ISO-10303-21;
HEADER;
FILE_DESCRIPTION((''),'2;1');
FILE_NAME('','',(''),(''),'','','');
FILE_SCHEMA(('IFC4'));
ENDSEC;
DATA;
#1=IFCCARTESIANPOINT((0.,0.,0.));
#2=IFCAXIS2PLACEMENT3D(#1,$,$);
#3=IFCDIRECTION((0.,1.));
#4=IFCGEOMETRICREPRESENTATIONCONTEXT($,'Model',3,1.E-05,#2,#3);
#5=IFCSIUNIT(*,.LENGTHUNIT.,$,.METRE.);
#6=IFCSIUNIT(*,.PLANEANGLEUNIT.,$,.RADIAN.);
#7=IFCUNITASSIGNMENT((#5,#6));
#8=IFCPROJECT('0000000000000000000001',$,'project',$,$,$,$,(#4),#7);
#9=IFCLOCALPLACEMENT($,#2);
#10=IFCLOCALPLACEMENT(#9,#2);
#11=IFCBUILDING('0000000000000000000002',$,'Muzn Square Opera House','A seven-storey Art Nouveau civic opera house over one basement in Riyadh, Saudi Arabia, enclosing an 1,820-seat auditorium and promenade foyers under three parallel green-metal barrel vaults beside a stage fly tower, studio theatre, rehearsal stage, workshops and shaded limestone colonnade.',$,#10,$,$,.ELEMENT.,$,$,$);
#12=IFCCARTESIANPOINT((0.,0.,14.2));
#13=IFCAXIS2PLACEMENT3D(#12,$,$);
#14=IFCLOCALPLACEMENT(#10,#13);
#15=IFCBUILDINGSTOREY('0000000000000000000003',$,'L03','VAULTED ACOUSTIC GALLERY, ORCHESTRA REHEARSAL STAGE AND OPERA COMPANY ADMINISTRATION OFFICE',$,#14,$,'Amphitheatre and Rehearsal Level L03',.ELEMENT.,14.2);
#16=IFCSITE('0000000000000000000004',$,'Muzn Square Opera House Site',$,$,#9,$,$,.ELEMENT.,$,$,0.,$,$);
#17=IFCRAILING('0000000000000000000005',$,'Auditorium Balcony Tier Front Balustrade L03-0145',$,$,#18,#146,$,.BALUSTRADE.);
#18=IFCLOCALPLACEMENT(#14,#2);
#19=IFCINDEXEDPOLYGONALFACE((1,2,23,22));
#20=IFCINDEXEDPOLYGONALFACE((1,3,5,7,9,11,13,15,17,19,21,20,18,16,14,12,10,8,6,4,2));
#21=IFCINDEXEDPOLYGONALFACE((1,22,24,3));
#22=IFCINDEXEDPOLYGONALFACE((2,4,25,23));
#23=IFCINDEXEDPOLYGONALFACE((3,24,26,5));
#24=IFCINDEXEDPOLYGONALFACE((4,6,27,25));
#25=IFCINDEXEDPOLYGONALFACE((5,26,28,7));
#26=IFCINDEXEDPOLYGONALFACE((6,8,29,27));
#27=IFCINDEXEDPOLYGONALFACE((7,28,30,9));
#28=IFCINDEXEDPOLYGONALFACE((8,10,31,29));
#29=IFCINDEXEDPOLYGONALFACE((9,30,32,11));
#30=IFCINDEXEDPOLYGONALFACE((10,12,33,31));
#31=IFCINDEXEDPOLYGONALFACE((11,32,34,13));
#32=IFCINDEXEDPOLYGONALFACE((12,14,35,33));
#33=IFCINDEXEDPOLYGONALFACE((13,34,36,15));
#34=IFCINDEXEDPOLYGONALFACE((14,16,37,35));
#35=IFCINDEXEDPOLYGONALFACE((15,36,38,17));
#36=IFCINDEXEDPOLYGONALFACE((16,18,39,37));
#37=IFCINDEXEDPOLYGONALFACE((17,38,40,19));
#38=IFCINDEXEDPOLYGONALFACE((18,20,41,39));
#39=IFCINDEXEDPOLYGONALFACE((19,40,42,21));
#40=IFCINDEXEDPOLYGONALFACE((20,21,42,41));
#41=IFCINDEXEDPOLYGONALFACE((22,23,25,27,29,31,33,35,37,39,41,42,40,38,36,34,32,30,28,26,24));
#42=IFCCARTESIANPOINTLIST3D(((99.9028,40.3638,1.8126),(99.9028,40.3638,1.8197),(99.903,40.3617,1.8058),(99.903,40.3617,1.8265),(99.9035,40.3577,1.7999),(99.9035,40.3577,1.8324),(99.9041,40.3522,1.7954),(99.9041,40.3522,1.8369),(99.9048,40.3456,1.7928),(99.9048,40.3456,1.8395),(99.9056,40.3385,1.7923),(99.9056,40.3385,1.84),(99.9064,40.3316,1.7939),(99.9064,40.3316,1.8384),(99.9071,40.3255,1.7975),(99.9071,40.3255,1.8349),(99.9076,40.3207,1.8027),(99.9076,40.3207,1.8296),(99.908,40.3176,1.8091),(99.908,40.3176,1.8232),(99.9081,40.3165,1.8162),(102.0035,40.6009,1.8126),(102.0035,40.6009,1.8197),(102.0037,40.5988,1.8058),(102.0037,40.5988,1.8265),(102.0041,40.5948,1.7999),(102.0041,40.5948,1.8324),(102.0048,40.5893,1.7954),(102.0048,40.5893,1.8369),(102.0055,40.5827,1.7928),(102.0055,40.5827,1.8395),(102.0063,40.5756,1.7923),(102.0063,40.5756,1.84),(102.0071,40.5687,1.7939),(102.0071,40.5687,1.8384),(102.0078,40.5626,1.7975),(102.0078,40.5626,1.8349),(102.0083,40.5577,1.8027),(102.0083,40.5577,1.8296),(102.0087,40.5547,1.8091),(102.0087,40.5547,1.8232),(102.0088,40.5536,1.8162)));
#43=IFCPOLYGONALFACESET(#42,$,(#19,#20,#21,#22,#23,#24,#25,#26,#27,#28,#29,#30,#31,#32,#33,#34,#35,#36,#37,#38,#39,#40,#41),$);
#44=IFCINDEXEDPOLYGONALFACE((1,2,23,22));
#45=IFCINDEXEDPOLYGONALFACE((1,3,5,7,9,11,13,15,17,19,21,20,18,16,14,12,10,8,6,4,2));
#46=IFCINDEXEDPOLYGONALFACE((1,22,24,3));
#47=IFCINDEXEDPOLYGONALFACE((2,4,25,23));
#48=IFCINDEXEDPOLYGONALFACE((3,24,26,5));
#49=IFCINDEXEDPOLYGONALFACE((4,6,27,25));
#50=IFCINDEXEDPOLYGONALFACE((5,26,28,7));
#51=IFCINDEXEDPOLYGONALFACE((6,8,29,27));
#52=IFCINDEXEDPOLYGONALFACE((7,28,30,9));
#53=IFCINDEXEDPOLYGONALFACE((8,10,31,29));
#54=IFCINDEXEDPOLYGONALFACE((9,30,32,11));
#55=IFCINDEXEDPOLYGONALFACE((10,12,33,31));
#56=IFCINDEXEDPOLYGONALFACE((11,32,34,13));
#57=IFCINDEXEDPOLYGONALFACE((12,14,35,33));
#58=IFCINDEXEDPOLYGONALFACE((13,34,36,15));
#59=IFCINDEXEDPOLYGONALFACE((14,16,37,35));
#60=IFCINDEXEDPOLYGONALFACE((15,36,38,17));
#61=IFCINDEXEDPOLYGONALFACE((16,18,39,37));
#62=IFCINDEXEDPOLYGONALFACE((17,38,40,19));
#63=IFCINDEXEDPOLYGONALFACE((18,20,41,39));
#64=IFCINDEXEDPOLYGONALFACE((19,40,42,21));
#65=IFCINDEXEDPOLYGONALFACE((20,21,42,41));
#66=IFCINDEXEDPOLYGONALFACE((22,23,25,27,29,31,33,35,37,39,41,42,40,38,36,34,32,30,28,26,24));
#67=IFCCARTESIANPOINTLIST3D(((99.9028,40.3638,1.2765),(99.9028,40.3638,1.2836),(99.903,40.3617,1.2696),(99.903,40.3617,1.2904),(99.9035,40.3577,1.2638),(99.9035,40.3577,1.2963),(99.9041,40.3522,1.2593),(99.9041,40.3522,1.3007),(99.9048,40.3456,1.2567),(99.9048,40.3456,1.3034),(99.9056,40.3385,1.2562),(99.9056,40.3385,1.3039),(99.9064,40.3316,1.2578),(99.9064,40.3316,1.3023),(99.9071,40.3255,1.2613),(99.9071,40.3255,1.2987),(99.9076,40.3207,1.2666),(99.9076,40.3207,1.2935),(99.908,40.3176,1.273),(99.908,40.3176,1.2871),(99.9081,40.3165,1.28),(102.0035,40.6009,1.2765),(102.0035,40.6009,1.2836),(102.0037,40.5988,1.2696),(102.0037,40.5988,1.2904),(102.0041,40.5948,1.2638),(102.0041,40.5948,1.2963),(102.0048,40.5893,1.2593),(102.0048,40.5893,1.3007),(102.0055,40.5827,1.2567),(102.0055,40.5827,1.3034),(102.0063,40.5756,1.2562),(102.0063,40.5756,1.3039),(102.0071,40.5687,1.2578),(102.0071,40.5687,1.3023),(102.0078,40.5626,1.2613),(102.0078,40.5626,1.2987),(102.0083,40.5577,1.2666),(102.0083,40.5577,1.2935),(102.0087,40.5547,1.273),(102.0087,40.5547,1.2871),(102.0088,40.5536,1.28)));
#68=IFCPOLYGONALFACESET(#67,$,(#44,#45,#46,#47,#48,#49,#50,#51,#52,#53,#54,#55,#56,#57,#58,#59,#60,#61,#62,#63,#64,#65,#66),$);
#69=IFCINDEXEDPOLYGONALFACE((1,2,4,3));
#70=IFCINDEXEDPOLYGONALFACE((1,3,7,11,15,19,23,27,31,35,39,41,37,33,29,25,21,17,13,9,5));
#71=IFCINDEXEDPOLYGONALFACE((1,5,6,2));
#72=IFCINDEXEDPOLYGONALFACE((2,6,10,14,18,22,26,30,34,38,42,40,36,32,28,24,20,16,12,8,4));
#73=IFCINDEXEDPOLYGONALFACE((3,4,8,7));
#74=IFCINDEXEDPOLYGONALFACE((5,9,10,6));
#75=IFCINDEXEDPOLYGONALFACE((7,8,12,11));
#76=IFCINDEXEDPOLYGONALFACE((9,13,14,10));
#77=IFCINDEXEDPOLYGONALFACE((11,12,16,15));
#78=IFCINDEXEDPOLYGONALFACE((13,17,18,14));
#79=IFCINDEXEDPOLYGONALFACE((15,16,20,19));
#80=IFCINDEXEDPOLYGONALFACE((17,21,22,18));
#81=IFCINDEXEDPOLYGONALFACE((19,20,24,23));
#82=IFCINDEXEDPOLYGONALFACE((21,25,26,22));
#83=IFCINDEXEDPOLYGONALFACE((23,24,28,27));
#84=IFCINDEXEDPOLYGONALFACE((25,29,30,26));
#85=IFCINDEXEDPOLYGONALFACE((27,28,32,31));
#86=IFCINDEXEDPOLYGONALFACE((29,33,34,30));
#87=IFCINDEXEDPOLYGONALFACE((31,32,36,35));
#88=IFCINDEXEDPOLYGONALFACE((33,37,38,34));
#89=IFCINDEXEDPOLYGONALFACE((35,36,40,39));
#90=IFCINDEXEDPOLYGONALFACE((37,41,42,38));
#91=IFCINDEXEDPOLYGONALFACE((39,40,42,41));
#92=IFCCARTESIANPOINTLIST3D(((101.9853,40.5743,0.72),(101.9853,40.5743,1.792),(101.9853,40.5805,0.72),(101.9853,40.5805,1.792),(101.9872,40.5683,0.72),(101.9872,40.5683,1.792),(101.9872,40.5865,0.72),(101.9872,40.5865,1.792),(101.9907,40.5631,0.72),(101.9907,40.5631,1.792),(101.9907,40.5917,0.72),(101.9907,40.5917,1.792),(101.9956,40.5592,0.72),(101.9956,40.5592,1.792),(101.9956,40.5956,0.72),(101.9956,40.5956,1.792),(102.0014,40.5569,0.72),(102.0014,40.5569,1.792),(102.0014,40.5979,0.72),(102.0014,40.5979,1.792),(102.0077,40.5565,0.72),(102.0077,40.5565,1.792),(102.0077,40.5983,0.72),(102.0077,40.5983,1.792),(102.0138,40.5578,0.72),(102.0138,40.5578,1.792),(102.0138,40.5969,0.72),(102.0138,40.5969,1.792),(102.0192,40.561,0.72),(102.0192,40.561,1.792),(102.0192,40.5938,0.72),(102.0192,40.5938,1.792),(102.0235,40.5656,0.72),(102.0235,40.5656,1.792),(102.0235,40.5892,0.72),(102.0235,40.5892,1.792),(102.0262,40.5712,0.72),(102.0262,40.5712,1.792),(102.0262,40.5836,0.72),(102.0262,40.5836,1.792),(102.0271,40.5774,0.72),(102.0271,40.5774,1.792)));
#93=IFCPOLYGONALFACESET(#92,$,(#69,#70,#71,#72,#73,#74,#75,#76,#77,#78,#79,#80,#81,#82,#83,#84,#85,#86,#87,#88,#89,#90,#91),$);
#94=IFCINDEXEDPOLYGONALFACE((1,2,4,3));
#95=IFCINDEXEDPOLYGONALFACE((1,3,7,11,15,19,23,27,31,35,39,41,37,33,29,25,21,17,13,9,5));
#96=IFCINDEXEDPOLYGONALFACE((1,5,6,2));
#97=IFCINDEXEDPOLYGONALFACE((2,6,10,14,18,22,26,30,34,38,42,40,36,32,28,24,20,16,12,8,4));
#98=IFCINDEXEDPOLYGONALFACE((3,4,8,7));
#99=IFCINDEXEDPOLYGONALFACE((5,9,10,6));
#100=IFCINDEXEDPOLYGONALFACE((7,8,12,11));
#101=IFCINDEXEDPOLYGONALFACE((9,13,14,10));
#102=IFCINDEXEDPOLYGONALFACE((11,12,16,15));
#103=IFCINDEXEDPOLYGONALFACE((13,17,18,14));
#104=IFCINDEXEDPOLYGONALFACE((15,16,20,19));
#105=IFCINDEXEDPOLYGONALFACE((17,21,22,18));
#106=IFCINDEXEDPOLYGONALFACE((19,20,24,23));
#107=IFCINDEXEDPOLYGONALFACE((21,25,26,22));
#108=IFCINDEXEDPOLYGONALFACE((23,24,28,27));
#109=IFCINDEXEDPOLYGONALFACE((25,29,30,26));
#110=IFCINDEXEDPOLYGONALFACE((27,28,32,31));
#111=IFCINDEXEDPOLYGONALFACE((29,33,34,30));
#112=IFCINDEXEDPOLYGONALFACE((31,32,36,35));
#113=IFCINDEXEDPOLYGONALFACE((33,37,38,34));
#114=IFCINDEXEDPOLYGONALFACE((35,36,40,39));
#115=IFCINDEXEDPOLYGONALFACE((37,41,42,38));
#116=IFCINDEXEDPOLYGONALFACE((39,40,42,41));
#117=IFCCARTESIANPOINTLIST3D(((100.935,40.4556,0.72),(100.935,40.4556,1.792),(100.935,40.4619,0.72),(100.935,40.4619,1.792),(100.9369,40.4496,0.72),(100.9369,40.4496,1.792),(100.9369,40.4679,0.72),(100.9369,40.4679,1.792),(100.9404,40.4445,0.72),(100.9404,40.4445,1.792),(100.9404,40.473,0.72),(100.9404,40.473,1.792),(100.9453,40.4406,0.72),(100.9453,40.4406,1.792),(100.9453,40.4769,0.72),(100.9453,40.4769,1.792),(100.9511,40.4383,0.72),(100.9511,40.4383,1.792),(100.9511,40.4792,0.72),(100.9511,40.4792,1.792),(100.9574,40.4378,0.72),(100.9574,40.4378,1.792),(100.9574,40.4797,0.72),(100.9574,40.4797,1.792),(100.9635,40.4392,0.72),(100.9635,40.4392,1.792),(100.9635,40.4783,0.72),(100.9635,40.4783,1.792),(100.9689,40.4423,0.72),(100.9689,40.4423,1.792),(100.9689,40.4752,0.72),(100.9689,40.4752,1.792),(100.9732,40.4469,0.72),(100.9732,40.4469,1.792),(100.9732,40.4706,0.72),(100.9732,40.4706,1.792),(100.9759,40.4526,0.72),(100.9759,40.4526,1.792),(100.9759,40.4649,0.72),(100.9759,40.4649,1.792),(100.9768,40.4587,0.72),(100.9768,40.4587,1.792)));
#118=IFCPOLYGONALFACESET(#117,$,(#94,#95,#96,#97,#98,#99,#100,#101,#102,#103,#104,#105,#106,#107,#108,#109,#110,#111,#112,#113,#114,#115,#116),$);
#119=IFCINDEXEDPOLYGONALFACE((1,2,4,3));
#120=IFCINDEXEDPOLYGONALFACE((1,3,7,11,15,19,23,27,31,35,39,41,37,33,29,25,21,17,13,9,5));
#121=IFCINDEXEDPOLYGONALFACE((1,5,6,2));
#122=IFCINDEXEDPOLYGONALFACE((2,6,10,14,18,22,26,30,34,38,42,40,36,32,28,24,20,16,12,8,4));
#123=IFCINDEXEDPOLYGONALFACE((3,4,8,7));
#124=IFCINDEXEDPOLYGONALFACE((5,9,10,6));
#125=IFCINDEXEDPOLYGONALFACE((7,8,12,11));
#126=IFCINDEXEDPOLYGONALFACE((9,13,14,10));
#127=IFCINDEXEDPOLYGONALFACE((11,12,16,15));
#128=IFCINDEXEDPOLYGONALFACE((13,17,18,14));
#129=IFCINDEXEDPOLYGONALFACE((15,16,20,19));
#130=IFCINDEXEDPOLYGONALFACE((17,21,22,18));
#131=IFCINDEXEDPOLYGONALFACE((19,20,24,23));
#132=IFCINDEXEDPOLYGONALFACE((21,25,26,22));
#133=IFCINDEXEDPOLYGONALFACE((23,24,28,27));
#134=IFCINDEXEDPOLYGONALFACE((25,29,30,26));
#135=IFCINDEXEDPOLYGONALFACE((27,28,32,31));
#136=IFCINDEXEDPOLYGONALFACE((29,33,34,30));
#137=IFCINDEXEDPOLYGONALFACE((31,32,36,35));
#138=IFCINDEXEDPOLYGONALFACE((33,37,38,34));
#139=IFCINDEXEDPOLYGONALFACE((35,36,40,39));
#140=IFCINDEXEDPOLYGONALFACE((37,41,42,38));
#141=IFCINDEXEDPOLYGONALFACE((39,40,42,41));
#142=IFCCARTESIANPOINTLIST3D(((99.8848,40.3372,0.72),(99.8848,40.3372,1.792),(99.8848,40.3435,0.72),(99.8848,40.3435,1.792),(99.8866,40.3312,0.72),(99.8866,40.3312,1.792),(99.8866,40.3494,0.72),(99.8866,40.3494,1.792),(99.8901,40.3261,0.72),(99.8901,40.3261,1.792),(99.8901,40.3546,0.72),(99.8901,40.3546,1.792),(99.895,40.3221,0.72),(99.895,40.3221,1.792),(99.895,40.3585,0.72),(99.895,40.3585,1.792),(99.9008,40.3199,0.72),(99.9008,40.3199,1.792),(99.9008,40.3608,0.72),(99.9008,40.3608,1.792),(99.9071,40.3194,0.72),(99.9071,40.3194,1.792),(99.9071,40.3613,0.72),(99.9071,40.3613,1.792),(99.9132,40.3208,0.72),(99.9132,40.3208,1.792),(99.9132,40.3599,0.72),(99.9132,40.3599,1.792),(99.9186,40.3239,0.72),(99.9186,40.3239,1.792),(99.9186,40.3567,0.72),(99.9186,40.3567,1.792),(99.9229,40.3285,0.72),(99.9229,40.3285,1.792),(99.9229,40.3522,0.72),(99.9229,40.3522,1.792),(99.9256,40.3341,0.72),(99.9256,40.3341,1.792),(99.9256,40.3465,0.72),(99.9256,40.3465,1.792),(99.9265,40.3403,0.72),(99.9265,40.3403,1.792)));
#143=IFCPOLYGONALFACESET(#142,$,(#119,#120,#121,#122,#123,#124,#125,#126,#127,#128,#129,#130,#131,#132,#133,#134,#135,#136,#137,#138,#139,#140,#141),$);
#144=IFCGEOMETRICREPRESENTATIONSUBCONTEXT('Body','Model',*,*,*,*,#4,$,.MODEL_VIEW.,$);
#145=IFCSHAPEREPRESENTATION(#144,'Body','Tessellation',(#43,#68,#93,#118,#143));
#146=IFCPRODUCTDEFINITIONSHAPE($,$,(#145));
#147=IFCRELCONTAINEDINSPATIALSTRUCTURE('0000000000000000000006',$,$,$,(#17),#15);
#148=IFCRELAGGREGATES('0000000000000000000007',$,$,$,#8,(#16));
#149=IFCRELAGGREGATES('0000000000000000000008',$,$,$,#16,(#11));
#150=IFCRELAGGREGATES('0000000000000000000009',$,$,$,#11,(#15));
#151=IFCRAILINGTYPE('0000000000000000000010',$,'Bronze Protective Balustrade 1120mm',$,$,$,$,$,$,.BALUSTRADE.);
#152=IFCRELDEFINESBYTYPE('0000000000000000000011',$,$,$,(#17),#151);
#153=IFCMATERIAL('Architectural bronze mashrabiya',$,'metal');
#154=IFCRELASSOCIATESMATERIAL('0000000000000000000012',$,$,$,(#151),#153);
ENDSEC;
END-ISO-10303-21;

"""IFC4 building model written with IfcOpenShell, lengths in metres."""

from ifc_helpers import new_model, si_unit, direction, frame, origin, origin_2d, place, context, subcontext, project, spatial, circle, extrude, material, type_object, element, save


model = new_model("IFC4")

# Units and contexts
model_context = context("Model", 3, precision=1e-05, world=origin(), true_north=direction((0.0, 1.0)))
body_context = subcontext(model_context, "Body", "Model", "MODEL_VIEW")
ifc_project = project(units=[si_unit("LENGTHUNIT", "METRE"), si_unit("PLANEANGLEUNIT", "RADIAN")], contexts=[model_context])

# Site, building, storey
site_placement = place(None, origin())
site = spatial("IfcSite", under=ifc_project, at=site_placement, Name="Muzn Square Opera House Site", CompositionType="ELEMENT", RefElevation=0.0)
building_placement = place(site_placement, origin())
building = spatial("IfcBuilding", under=site, at=building_placement, Name="Muzn Square Opera House", Description="A seven-storey Art Nouveau civic opera house over one basement in Riyadh, Saudi Arabia, enclosing an 1,820-seat auditorium and promenade foyers under three parallel green-metal barrel vaults beside a stage fly tower, studio theatre, rehearsal stage, workshops and shaded limestone colonnade.", CompositionType="ELEMENT")
storey_placement = place(building_placement, frame((0.0, 0.0, 14.2)))
storey = spatial("IfcBuildingStorey", under=building, at=storey_placement, Name="L03", Description="VAULTED ACOUSTIC GALLERY, ORCHESTRA REHEARSAL STAGE AND OPERA COMPANY ADMINISTRATION OFFICE", LongName="Amphitheatre and Rehearsal Level L03", CompositionType="ELEMENT", Elevation=14.2)

# Railing
ifc_material_1 = material(Name="Architectural bronze mashrabiya", Category="metal")
railing_type = type_object("IfcRailingType", Name="Bronze Protective Balustrade 1120mm", PredefinedType="BALUSTRADE", material=ifc_material_1)
railing_1_placement = place(storey_placement, frame((102.0061, 40.5774, 0.72)))
element("IfcRailing", 1, at=railing_1_placement, inside=storey, type_object=railing_type, Name="Auditorium Balcony Tier Front Balustrade L03-0145", PredefinedType="BALUSTRADE", context=body_context, shape_type="SweptSolid", body=[
    extrude(circle(Radius=0.0239, at=origin_2d()), frame((0.0, 0.0, 1.0962), z_axis=(-0.993692, -0.112143, 0.0), x_axis=(0.112143, -0.993692, 0.0)), (0.0, 0.0, 1.0), 2.114),
    extrude(circle(Radius=0.0239, at=origin_2d()), frame((0.0, 0.0, 0.5601), z_axis=(-0.993692, -0.112143, 0.0), x_axis=(0.112143, -0.993692, 0.0)), (0.0, 0.0, 1.0), 2.114),
    extrude(circle(Radius=0.021, at=origin_2d()), origin(), (0.0, 0.0, 1.0), 1.072),
    extrude(circle(Radius=0.021, at=origin_2d()), frame((-1.0503, -0.1187, 0.0)), (0.0, 0.0, 1.0), 1.072),
    extrude(circle(Radius=0.021, at=origin_2d()), frame((-2.1006, -0.2371, 0.0)), (0.0, 0.0, 1.0), 1.072),
])

save(model, "model.ifc")
